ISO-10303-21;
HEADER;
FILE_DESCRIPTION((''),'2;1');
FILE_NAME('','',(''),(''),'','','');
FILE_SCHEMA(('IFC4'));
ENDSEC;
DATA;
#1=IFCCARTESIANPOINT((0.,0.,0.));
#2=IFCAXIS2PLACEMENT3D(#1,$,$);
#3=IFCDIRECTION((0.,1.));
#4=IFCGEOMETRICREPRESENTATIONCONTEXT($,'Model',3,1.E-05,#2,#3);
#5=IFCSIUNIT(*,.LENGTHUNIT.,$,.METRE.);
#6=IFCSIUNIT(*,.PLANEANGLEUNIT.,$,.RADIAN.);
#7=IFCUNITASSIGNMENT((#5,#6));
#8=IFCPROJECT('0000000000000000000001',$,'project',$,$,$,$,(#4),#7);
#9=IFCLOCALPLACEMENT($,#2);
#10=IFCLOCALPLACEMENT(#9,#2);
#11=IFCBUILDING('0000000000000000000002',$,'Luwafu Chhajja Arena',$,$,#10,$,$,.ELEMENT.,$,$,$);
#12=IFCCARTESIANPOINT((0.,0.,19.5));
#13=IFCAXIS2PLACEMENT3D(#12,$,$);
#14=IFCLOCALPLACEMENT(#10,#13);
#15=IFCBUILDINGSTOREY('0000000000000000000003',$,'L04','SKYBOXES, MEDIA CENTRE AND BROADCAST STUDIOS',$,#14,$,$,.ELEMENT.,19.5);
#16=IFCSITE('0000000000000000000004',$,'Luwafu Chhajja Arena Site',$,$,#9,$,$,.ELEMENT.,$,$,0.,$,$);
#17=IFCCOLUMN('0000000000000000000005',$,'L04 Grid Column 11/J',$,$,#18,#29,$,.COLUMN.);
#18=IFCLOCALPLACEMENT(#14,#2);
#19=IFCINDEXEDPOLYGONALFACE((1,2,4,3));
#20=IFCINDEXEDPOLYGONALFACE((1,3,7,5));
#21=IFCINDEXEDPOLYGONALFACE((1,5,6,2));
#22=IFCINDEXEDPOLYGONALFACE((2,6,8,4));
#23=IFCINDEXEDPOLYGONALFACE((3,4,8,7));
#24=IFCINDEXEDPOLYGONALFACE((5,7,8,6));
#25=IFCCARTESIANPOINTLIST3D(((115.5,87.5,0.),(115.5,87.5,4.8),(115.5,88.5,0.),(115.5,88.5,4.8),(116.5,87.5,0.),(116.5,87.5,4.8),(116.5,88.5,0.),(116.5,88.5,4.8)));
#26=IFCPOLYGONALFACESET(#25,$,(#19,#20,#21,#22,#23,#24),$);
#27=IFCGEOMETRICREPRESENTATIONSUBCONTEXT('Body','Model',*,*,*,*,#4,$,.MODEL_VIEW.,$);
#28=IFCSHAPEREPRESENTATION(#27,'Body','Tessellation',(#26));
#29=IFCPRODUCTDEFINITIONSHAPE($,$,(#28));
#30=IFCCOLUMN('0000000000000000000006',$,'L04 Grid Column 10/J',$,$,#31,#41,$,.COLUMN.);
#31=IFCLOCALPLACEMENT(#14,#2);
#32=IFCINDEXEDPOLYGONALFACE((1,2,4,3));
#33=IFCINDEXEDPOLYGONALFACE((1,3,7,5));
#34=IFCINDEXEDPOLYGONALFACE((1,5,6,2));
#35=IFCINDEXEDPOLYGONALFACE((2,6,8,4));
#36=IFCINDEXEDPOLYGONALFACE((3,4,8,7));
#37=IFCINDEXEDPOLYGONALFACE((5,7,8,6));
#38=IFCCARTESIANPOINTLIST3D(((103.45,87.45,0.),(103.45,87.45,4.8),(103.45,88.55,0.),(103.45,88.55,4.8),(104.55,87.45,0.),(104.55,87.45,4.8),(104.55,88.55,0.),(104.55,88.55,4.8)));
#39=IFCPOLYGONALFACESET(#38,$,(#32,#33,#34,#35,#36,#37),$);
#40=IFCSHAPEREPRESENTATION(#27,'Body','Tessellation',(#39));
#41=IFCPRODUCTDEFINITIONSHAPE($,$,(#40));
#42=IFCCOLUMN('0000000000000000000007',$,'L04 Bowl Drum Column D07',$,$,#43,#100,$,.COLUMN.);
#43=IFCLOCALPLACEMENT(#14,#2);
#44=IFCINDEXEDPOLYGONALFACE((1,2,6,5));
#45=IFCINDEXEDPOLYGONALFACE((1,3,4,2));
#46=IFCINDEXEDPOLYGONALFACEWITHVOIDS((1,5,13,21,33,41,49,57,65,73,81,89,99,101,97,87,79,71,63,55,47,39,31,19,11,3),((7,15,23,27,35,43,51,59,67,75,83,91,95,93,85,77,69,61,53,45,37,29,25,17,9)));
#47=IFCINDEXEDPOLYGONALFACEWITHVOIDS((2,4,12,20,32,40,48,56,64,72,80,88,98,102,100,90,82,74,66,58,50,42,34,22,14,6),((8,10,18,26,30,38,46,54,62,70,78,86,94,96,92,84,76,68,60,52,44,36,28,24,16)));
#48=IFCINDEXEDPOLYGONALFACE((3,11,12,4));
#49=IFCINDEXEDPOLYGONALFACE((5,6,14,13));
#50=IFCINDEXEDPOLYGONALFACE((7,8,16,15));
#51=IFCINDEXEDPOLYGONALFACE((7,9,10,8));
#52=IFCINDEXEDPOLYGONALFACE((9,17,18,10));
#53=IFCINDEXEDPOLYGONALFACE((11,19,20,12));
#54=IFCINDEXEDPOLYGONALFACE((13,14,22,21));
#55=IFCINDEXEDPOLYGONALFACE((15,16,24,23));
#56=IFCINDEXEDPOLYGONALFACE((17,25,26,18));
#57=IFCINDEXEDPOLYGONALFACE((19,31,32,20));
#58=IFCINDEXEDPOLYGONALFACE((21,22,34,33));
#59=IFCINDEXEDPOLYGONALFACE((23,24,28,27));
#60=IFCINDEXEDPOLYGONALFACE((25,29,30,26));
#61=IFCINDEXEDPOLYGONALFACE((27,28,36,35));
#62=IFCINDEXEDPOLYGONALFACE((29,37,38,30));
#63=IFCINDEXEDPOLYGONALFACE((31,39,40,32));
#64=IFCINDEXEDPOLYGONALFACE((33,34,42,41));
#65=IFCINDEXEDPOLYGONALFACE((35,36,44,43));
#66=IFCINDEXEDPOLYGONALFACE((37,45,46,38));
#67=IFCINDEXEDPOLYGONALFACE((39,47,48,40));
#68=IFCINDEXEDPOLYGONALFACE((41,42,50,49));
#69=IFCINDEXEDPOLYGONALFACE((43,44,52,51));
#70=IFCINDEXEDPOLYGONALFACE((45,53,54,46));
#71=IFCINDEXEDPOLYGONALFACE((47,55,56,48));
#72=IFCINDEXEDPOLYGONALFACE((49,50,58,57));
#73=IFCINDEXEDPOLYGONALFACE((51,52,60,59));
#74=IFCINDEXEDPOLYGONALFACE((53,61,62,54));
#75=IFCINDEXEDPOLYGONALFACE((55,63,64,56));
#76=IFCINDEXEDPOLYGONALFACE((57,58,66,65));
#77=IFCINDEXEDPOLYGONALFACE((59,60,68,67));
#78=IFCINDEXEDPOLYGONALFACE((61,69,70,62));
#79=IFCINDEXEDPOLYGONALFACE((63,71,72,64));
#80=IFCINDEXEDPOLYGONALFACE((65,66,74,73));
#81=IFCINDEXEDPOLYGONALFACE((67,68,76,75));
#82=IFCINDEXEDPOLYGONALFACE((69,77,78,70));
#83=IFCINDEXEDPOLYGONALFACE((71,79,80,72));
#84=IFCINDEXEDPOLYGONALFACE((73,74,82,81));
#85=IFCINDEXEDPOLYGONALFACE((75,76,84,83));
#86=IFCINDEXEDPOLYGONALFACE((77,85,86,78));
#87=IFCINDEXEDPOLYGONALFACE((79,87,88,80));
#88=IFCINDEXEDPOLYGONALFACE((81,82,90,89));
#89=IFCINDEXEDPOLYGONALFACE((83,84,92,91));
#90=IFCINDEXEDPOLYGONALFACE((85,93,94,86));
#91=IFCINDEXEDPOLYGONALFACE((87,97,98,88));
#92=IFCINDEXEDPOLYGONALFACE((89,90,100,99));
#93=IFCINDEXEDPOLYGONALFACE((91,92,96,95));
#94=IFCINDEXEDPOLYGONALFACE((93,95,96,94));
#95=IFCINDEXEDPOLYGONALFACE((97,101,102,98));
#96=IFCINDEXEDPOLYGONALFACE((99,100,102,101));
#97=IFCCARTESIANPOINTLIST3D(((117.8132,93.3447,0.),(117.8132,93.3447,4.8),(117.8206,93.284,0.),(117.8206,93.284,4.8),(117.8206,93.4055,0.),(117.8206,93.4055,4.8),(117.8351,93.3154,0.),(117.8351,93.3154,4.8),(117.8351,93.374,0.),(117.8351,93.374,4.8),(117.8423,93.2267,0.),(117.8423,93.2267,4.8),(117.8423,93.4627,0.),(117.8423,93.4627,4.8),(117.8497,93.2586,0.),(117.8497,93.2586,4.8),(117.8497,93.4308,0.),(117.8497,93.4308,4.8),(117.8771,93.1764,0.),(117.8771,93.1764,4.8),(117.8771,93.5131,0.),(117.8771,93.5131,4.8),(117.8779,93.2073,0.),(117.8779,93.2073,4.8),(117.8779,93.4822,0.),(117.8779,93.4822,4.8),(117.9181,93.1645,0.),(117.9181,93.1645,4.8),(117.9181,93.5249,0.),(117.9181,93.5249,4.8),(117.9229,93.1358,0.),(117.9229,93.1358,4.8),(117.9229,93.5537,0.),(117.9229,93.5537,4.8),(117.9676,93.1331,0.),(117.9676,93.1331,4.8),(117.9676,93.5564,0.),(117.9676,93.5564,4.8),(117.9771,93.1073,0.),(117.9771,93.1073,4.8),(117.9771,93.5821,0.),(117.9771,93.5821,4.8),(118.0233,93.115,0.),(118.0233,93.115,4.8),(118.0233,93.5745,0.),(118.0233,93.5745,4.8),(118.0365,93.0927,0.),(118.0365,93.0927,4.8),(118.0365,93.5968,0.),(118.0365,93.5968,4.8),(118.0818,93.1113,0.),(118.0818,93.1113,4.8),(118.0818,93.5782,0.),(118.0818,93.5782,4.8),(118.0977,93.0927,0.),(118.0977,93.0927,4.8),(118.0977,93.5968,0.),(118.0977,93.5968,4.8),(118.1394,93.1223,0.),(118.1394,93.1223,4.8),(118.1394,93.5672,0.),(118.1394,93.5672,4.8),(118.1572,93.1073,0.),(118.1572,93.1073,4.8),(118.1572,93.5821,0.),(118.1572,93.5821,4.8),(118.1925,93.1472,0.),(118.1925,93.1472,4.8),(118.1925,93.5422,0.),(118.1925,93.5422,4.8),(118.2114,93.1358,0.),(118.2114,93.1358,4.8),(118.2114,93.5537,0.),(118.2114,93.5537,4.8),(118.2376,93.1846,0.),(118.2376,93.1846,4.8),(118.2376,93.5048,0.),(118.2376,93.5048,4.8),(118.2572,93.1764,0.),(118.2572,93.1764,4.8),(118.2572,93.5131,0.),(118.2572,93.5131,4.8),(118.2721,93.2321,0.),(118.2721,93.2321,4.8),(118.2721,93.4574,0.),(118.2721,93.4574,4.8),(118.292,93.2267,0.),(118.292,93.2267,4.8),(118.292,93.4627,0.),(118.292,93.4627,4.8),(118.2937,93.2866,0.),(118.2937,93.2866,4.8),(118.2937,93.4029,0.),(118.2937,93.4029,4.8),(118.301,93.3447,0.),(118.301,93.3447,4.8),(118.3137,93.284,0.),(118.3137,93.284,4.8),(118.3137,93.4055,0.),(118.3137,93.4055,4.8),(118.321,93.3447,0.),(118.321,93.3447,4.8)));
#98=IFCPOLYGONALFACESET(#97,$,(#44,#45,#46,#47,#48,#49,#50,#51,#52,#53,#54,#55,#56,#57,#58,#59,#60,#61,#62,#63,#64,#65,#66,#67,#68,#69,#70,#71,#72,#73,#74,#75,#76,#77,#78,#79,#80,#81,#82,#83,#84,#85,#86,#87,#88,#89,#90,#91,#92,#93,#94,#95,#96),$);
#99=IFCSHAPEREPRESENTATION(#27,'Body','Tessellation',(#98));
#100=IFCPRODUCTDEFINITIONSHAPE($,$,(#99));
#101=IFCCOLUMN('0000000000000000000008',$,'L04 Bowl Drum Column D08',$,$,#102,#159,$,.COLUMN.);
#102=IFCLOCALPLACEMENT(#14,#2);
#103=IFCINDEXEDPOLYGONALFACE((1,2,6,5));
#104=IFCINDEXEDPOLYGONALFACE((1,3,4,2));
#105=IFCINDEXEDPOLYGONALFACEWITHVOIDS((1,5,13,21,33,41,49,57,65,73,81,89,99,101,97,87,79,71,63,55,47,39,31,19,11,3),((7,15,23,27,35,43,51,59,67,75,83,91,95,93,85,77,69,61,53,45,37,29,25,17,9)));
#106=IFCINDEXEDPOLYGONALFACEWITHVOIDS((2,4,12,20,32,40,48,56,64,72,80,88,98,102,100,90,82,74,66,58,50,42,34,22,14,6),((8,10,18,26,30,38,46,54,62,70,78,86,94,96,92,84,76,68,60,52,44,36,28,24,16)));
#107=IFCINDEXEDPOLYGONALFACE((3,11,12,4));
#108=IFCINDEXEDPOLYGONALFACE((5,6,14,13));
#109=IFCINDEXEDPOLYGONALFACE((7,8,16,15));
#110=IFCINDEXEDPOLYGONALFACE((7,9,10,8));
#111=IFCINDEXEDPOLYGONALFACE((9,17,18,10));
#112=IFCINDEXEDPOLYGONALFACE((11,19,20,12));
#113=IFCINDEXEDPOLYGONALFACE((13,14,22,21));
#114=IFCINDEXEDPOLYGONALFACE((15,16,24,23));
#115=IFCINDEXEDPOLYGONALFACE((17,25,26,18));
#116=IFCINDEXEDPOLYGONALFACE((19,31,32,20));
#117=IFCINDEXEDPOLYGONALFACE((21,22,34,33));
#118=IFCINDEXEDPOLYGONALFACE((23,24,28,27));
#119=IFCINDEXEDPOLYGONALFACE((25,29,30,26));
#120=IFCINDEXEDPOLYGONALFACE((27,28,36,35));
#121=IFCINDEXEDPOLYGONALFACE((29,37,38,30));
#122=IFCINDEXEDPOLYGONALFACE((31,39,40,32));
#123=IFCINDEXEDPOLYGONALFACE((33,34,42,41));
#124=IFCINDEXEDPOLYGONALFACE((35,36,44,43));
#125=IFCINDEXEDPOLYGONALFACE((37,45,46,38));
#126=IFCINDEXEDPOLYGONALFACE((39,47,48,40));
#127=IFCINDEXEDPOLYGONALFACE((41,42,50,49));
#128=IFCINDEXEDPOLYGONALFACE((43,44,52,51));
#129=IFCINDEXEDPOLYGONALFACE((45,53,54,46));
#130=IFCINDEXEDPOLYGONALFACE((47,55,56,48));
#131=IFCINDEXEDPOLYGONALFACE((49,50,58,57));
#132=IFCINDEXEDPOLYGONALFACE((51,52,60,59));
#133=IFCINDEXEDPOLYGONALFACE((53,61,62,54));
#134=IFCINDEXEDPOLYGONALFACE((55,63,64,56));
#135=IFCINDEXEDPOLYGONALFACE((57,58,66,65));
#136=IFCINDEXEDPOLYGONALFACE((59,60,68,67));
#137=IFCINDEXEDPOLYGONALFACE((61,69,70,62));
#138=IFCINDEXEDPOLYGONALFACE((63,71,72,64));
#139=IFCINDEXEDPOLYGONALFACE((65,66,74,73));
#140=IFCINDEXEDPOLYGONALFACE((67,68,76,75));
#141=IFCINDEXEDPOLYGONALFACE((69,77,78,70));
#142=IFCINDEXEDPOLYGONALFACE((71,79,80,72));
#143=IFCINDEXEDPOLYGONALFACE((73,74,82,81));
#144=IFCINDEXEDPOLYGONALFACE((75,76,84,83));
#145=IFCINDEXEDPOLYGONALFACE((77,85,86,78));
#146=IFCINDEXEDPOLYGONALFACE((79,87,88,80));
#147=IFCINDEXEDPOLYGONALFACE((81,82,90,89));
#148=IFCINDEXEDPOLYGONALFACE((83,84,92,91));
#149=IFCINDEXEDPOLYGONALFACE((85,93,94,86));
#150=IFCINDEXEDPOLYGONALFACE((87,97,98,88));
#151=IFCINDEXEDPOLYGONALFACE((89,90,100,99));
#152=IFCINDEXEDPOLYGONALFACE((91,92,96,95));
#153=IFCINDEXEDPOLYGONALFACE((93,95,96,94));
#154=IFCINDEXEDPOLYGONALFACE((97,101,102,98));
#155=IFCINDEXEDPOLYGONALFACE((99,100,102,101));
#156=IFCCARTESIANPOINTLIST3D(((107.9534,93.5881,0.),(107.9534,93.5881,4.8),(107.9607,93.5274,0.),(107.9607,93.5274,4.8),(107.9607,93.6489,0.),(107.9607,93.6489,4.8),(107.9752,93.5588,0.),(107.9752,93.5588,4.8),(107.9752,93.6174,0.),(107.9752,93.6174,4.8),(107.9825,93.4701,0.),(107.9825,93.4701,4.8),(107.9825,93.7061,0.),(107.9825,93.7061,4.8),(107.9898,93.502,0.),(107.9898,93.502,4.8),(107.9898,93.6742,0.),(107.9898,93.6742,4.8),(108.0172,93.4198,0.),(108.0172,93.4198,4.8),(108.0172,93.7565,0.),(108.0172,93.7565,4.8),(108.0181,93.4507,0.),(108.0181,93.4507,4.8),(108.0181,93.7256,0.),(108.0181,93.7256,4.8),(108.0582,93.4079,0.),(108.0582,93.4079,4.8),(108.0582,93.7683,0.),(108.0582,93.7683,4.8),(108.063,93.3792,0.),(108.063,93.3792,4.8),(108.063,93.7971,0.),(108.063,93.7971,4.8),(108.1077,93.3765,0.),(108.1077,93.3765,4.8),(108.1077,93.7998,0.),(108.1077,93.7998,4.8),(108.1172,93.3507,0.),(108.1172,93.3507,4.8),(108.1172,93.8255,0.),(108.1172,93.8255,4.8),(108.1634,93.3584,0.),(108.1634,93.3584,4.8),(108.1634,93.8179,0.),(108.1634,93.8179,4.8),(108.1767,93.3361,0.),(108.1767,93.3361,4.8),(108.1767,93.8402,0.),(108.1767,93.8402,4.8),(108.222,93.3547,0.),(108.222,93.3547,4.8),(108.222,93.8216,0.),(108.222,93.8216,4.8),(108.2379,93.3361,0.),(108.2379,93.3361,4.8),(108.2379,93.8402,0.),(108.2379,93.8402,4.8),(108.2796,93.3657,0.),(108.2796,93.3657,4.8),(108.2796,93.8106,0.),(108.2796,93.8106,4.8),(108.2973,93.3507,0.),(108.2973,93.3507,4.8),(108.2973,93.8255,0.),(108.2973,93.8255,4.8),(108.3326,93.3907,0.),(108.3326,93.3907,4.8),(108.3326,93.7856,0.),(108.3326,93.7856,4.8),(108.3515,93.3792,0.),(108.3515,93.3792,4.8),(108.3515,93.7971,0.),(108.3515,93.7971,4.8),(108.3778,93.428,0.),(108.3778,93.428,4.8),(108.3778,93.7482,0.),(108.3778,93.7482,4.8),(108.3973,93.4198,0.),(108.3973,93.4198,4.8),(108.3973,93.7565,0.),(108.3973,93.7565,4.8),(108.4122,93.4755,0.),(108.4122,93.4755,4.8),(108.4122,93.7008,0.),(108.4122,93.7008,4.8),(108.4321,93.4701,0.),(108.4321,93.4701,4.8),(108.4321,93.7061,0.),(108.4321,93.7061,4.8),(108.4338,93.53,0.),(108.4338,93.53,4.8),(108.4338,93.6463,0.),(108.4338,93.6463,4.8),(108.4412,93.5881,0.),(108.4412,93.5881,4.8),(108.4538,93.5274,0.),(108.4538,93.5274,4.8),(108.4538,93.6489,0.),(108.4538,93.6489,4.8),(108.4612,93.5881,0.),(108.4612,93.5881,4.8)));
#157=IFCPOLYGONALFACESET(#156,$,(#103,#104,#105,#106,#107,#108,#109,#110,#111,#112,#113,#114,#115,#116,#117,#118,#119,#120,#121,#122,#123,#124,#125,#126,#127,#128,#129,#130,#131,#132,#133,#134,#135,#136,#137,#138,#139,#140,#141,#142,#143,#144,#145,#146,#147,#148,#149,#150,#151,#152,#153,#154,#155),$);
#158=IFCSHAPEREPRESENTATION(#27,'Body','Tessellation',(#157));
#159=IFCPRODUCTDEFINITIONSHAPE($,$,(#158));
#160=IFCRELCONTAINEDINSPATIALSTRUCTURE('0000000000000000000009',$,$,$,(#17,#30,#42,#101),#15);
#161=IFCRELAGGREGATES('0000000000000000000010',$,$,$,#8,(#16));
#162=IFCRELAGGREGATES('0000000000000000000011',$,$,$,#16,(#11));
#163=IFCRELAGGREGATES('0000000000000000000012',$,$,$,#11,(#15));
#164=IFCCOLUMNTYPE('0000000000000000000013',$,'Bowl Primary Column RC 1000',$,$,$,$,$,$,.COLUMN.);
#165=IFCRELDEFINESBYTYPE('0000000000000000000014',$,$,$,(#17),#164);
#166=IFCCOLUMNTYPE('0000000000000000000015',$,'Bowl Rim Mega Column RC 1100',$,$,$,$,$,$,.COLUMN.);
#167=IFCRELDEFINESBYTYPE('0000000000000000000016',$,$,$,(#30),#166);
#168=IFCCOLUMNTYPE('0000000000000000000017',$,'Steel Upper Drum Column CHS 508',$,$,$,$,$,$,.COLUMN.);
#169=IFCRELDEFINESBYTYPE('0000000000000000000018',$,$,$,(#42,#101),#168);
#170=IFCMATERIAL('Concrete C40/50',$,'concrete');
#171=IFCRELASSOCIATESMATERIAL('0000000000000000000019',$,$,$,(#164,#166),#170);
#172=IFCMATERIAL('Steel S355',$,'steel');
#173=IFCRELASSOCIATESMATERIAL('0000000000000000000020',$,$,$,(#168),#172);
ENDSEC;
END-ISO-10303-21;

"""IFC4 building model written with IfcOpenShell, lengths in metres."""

from ifc_helpers import new_model, si_unit, direction, frame, origin, origin_2d, place, context, subcontext, project, spatial, rectangle, hollow_circle, extrude, material, material_profile, profile_set, type_object, element, save


model = new_model("IFC4")

# Units and contexts
model_context = context("Model", 3, precision=1e-05, world=origin(), true_north=direction((0.0, 1.0)))
body_context = subcontext(model_context, "Body", "Model", "MODEL_VIEW")
ifc_project = project(units=[si_unit("LENGTHUNIT", "METRE"), si_unit("PLANEANGLEUNIT", "RADIAN")], contexts=[model_context])

# Site, building, storey
site_placement = place(None, origin())
site = spatial("IfcSite", under=ifc_project, at=site_placement, Name="Luwafu Chhajja Arena Site", CompositionType="ELEMENT", RefElevation=0.0)
building_placement = place(site_placement, origin())
building = spatial("IfcBuilding", under=site, at=building_placement, Name="Luwafu Chhajja Arena", CompositionType="ELEMENT")
storey_placement = place(building_placement, frame((0.0, 0.0, 19.5)))
storey = spatial("IfcBuildingStorey", under=building, at=storey_placement, Name="L04", Description="SKYBOXES, MEDIA CENTRE AND BROADCAST STUDIOS", CompositionType="ELEMENT", Elevation=19.5)

# Columns
ifc_material_1 = material(Name="Concrete C40/50", Category="concrete")
ifc_material_profile_1 = material_profile(ifc_material_1, rectangle(XDim=1.0, YDim=1.0, at=origin_2d()), Name="RC 1000x1000")
ifc_profile_set_1 = profile_set([ifc_material_profile_1], Name="Concrete C40/50")
column_type_1 = type_object("IfcColumnType", Name="Bowl Primary Column RC 1000", PredefinedType="COLUMN", material=ifc_profile_set_1)
column_1_placement = place(storey_placement, frame((116.0, 88.0, 0.0), z_axis=(0.0, 0.0, 1.0), x_axis=(1.0, 0.0, 0.0)))
element("IfcColumn", 1, at=column_1_placement, inside=storey, type_object=column_type_1, Name="L04 Grid Column 11/J", PredefinedType="COLUMN", context=body_context, shape_type="SweptSolid", body=[
    extrude(rectangle(XDim=1.0, YDim=1.0, at=origin_2d()), origin(), (0.0, 0.0, 1.0), 4.8),
])
ifc_material_profile_2 = material_profile(ifc_material_1, rectangle(XDim=1.1001, YDim=1.1001, at=origin_2d()), Name="RC 1100x1100")
ifc_profile_set_2 = profile_set([ifc_material_profile_2], Name="Concrete C40/50")
column_type_2 = type_object("IfcColumnType", Name="Bowl Rim Mega Column RC 1100", PredefinedType="COLUMN", material=ifc_profile_set_2)
column_2_placement = place(storey_placement, frame((104.0, 88.0, 0.0), z_axis=(0.0, 0.0, 1.0), x_axis=(1.0, 0.0, 0.0)))
element("IfcColumn", 2, at=column_2_placement, inside=storey, type_object=column_type_2, Name="L04 Grid Column 10/J", PredefinedType="COLUMN", context=body_context, shape_type="SweptSolid", body=[
    extrude(rectangle(XDim=1.1001, YDim=1.1001, at=origin_2d()), origin(), (0.0, 0.0, 1.0), 4.8),
])
ifc_material_2 = material(Name="Steel S355", Category="steel")
ifc_material_profile_3 = material_profile(ifc_material_2, hollow_circle(Radius=0.2539, WallThickness=0.02, at=origin_2d()), Name="CHS 508x20")
ifc_profile_set_3 = profile_set([ifc_material_profile_3], Name="Steel S355")
column_type_3 = type_object("IfcColumnType", Name="Steel Upper Drum Column CHS 508", PredefinedType="COLUMN", material=ifc_profile_set_3)
for number, where, z_axis, x_axis, name in (
    (3, (118.0671, 93.3447, 0.0), (0.0, 0.0, 1.0), (1.0, 0.0, 0.0), "L04 Bowl Drum Column D07"),
    (4, (108.2073, 93.5881, 0.0), (0.0, 0.0, 1.0), (1.0, 0.0, 0.0), "L04 Bowl Drum Column D08"),
):
    element("IfcColumn", number, at=place(storey_placement, frame(where, z_axis=z_axis, x_axis=x_axis)), inside=storey, type_object=column_type_3, Name=name, PredefinedType="COLUMN", context=body_context, shape_type="SweptSolid", body=[
        extrude(hollow_circle(Radius=0.2539, WallThickness=0.02, at=origin_2d()), origin(), (0.0, 0.0, 1.0), 4.8),
    ])

save(model, "model.ifc")
